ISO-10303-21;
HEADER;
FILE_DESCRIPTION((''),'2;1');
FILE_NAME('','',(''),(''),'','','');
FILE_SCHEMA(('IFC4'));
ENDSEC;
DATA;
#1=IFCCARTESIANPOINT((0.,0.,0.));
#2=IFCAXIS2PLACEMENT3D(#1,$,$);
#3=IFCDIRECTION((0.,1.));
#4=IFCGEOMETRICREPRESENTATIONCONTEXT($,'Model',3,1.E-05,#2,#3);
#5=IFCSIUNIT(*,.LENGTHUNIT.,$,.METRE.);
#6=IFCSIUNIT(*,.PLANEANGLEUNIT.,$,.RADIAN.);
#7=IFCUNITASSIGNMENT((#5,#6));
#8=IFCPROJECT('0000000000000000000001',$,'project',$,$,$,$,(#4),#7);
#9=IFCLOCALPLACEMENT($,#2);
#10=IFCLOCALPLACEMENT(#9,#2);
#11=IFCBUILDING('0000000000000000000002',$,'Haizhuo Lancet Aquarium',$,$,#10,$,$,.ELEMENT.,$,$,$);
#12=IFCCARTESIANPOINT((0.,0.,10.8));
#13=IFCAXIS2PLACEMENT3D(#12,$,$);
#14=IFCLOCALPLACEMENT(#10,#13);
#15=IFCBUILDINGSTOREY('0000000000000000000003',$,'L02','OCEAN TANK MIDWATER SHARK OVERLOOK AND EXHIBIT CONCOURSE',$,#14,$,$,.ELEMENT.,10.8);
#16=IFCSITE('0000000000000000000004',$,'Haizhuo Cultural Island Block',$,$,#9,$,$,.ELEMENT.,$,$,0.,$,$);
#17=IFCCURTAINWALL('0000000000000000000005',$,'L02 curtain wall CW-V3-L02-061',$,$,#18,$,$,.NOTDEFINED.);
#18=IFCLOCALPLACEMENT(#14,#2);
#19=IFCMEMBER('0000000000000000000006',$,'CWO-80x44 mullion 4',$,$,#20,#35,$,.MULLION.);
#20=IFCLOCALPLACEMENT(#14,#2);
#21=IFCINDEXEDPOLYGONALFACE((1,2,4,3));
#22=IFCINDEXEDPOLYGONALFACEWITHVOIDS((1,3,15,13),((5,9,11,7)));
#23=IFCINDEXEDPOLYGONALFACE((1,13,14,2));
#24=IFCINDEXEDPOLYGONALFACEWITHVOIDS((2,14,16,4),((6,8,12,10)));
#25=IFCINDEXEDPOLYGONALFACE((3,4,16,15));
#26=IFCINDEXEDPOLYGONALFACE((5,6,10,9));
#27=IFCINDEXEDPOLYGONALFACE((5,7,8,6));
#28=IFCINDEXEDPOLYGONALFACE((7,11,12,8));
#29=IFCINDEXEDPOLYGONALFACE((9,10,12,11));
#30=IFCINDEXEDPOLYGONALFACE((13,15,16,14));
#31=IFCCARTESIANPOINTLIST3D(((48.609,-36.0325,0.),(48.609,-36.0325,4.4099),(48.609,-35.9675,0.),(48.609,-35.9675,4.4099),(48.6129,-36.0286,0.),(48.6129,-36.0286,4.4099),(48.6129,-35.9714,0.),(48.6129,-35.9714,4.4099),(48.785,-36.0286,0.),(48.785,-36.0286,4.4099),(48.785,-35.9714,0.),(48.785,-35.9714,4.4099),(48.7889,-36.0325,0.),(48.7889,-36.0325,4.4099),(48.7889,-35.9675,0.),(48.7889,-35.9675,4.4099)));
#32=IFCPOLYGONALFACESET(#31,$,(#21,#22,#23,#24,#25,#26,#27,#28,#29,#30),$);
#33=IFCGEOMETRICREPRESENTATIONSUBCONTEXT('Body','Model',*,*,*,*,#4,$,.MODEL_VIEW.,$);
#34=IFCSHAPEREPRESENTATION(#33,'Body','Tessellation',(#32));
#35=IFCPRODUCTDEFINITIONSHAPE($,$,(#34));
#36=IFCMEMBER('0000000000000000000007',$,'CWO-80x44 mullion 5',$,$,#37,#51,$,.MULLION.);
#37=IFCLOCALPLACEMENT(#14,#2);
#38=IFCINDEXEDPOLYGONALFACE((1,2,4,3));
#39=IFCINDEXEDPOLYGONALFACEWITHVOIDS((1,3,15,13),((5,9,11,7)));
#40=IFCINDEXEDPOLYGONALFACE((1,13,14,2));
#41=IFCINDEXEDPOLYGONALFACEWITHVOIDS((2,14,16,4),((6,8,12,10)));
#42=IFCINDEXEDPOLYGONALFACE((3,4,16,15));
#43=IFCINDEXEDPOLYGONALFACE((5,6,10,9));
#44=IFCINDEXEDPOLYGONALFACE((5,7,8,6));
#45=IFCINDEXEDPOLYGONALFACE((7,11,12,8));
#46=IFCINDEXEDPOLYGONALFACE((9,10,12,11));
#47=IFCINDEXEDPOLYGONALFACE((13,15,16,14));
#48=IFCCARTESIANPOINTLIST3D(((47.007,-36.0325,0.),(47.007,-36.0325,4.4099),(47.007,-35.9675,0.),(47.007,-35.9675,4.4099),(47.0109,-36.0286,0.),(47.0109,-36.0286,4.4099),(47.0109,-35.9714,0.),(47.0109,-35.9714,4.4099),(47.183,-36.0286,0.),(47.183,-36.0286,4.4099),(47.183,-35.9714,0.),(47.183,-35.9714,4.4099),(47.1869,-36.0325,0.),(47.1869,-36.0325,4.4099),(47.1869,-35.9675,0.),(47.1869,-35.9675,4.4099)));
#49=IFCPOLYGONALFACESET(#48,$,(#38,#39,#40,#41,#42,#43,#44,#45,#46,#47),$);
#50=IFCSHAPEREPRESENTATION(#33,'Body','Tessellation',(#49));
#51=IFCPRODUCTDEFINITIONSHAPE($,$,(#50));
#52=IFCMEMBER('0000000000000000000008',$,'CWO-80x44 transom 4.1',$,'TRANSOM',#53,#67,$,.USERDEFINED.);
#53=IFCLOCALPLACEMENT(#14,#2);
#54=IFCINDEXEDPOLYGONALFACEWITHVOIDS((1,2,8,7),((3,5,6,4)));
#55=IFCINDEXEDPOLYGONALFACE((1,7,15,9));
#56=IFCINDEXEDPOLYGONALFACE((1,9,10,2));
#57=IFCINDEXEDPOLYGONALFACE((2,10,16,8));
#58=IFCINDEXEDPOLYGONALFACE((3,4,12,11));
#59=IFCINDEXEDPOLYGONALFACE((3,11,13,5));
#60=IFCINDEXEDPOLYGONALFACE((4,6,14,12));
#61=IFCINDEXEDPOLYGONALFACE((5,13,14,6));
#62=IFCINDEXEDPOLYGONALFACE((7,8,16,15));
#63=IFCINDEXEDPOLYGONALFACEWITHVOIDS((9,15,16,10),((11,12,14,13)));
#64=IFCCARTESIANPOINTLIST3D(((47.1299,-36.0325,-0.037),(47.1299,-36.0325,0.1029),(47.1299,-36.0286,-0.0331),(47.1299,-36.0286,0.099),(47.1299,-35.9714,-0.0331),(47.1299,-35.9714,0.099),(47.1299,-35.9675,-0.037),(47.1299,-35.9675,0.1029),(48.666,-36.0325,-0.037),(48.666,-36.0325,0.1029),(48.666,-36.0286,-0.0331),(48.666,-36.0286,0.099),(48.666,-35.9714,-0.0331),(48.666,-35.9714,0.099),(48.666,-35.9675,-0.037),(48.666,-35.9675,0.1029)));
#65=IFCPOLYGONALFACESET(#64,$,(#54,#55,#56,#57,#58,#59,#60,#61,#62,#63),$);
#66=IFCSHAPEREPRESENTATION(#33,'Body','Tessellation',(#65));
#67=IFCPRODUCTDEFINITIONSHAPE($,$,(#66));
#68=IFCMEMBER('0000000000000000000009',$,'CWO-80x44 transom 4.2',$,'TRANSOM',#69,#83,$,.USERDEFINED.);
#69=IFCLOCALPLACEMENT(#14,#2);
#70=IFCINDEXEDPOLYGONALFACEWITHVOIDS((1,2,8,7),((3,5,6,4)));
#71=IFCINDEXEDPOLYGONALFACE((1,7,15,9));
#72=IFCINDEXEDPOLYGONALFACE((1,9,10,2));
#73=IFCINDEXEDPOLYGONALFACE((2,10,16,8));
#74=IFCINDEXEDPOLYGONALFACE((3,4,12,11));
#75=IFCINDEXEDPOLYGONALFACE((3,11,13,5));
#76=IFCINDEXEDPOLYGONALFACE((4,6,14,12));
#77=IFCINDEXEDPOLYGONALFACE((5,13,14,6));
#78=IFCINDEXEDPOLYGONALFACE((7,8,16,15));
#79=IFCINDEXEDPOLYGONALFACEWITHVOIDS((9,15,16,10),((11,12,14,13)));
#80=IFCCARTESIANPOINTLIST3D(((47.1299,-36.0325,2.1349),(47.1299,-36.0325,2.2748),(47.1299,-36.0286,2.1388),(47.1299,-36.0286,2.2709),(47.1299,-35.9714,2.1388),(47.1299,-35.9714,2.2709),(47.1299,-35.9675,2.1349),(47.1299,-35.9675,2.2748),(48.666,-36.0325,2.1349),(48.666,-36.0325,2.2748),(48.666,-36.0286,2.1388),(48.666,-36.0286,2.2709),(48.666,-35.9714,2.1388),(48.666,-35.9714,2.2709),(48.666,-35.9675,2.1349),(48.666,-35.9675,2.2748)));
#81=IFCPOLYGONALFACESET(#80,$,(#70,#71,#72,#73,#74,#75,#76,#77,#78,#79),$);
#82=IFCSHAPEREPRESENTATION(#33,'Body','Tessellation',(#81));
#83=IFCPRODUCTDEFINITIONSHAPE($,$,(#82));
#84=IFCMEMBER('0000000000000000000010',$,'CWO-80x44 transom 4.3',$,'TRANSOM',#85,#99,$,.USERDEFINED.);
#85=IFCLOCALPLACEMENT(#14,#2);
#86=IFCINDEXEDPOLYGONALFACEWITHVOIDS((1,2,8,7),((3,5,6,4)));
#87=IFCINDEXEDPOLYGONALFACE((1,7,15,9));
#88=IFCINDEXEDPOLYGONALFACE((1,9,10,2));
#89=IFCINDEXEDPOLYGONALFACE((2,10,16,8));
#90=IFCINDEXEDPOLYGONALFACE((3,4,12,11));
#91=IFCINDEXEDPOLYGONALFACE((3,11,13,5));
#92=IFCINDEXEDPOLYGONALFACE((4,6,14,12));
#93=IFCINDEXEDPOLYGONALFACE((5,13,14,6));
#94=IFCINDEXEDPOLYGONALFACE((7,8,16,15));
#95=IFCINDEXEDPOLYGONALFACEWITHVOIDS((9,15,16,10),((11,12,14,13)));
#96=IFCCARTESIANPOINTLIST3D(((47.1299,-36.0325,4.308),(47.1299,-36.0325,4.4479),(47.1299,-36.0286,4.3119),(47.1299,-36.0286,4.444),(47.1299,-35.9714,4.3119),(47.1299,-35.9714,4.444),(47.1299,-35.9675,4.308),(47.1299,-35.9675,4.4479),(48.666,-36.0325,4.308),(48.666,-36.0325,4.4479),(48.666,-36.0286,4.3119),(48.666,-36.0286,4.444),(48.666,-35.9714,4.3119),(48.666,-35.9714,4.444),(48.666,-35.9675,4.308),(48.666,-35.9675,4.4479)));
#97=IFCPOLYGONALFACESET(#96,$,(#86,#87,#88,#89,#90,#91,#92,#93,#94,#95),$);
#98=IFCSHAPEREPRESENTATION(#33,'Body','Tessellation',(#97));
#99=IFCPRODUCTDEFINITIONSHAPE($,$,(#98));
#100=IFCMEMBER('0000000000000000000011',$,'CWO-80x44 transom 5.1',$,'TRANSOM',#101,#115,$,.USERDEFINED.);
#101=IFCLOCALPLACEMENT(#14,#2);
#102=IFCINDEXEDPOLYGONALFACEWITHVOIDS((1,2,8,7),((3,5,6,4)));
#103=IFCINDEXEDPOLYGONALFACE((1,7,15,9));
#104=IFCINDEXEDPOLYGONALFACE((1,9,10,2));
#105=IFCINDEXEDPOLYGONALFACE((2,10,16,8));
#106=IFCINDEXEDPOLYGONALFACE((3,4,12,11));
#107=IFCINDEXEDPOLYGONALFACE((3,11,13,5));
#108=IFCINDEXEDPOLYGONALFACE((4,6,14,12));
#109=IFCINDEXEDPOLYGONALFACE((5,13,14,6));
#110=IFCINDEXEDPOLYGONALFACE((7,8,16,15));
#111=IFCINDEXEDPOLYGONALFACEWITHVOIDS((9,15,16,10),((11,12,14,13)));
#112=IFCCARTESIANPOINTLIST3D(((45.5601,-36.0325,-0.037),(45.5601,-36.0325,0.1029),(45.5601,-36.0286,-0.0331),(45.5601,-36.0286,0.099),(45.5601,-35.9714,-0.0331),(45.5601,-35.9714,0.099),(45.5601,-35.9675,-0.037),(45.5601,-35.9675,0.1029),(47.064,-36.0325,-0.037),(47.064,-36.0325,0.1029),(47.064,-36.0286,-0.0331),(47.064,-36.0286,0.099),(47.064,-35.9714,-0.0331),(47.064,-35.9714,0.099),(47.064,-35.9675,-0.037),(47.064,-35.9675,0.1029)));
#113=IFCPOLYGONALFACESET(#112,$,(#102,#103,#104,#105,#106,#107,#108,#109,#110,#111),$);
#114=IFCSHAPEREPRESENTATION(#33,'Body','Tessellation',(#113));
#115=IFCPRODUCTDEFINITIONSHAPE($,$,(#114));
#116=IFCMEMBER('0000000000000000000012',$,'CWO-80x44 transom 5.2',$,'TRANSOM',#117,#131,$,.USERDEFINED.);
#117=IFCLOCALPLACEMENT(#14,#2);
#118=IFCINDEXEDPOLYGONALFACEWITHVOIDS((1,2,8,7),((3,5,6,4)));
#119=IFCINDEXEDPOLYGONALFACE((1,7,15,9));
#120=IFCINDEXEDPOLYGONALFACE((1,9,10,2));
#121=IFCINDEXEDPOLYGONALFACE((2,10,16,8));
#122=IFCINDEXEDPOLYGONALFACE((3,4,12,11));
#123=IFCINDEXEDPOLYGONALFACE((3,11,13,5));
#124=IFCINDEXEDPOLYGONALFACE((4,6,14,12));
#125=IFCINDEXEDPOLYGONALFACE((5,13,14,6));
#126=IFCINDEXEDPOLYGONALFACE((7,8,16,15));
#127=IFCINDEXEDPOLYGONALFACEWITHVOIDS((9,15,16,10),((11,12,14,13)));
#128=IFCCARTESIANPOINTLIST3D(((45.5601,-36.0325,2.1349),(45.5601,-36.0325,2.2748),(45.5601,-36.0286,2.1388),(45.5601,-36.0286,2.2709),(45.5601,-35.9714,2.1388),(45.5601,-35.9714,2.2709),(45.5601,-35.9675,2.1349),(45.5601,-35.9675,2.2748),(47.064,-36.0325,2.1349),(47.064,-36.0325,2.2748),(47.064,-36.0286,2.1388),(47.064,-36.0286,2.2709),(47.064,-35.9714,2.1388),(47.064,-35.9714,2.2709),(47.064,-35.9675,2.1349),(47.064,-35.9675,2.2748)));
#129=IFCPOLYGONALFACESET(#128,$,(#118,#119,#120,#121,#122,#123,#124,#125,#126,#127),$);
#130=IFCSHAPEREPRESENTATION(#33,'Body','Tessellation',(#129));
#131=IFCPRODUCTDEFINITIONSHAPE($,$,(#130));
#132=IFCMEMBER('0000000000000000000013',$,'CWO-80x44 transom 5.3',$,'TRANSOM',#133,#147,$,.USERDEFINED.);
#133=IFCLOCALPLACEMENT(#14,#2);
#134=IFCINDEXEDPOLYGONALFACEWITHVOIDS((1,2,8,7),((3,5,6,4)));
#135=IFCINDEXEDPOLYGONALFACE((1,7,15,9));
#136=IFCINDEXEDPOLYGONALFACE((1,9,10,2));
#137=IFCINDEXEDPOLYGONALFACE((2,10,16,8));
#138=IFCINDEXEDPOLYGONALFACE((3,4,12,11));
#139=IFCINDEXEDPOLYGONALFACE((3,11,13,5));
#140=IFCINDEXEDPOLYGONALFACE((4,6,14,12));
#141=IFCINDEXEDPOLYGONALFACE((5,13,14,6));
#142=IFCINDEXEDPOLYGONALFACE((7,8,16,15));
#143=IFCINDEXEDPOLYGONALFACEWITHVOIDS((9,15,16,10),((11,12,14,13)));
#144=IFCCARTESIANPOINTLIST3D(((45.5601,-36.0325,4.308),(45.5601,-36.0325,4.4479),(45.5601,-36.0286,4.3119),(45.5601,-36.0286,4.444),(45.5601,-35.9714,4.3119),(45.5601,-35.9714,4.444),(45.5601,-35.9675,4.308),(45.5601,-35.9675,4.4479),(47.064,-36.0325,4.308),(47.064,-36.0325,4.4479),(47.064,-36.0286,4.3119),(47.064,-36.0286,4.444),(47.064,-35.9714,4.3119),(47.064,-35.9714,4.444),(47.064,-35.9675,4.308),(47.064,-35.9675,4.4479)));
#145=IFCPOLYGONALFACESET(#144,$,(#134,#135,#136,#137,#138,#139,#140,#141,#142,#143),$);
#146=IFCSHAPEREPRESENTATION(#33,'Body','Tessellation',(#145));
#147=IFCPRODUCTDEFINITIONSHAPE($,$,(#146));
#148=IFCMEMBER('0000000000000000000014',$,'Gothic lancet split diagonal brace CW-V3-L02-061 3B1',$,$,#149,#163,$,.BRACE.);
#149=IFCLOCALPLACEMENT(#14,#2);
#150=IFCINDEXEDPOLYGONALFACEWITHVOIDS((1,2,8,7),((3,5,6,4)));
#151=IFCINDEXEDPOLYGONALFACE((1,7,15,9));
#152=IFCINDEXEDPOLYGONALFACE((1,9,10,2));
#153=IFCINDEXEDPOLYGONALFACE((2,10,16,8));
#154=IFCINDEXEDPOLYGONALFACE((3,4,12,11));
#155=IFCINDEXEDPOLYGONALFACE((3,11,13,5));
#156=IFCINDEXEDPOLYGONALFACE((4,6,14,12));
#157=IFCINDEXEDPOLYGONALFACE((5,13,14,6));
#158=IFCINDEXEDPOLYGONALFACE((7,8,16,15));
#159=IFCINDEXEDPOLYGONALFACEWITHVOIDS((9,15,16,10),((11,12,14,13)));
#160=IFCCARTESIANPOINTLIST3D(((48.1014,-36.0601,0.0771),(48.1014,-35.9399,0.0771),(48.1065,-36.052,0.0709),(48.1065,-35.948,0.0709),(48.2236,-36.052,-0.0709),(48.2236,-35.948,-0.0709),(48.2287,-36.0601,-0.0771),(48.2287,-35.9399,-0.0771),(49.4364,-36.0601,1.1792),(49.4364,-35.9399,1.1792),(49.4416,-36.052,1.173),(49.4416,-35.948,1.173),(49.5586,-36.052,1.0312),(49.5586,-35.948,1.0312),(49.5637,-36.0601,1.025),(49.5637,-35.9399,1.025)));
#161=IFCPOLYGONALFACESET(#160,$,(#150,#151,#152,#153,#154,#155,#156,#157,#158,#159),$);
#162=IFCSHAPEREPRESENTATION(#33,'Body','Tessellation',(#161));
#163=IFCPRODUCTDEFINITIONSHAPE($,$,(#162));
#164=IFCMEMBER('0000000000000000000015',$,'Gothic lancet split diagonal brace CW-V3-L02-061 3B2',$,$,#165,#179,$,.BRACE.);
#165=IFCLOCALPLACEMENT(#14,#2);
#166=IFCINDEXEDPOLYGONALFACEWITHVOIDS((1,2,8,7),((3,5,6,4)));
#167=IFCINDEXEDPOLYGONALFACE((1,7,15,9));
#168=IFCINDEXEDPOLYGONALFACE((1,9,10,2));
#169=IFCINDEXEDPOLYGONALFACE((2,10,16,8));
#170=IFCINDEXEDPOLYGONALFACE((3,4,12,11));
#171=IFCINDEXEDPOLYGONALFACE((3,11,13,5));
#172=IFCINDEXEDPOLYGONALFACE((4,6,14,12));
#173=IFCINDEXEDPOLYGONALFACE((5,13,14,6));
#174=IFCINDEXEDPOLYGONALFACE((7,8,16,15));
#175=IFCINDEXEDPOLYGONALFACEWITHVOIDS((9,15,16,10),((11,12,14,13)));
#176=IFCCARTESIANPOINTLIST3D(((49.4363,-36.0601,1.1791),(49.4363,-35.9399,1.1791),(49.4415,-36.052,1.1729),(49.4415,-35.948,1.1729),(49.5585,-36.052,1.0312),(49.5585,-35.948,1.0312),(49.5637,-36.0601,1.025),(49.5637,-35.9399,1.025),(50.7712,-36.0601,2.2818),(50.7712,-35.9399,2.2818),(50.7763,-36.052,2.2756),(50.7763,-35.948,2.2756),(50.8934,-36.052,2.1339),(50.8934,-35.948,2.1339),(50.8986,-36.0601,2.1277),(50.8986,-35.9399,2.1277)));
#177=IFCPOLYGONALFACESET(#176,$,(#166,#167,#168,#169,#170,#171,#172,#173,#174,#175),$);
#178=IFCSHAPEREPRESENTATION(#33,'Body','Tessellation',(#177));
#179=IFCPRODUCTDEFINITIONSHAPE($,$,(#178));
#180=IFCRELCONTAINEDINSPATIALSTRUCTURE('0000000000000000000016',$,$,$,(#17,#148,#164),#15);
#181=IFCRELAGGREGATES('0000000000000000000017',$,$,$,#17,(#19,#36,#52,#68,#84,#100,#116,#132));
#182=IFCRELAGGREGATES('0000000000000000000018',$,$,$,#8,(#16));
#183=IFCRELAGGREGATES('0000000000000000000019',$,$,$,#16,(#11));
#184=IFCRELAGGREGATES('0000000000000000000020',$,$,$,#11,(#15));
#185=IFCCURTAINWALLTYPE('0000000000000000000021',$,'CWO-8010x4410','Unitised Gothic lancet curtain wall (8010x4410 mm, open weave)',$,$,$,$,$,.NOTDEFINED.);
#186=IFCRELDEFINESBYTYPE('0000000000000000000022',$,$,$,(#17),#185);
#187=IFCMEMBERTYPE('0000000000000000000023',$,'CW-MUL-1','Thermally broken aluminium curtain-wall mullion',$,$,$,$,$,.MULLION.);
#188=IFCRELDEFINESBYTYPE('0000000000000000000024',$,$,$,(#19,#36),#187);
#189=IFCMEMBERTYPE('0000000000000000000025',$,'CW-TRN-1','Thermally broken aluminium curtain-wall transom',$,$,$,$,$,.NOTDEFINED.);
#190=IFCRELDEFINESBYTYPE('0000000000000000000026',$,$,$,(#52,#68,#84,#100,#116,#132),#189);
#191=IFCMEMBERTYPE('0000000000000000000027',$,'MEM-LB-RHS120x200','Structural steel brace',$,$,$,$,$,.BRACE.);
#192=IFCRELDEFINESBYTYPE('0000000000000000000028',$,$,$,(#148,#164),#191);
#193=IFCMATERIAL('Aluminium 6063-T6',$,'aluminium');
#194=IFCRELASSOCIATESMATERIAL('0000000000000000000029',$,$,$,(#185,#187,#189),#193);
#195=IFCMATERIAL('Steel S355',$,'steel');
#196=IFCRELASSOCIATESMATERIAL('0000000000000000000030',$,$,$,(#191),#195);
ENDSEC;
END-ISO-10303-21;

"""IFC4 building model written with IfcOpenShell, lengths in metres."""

from ifc_helpers import new_model, si_unit, direction, frame, origin, origin_2d, place, context, subcontext, project, spatial, hollow_rectangle, extrude, material, material_profile, profile_set, type_object, element, aggregate, save


model = new_model("IFC4")

# Units and contexts
model_context = context("Model", 3, precision=1e-05, world=origin(), true_north=direction((0.0, 1.0)))
body_context = subcontext(model_context, "Body", "Model", "MODEL_VIEW")
ifc_project = project(units=[si_unit("LENGTHUNIT", "METRE"), si_unit("PLANEANGLEUNIT", "RADIAN")], contexts=[model_context])

# Site, building, storey
site_placement = place(None, origin())
site = spatial("IfcSite", under=ifc_project, at=site_placement, Name="Haizhuo Cultural Island Block", CompositionType="ELEMENT", RefElevation=0.0)
building_placement = place(site_placement, origin())
building = spatial("IfcBuilding", under=site, at=building_placement, Name="Haizhuo Lancet Aquarium", CompositionType="ELEMENT")
storey_placement = place(building_placement, frame((0.0, 0.0, 10.8)))
storey = spatial("IfcBuildingStorey", under=building, at=storey_placement, Name="L02", Description="OCEAN TANK MIDWATER SHARK OVERLOOK AND EXHIBIT CONCOURSE", CompositionType="ELEMENT", Elevation=10.8)

# Curtain wall, members
ifc_material_1 = material(Name="Aluminium 6063-T6", Category="aluminium")
curtain_wall_type = type_object("IfcCurtainWallType", Name="CWO-8010x4410", Description="Unitised Gothic lancet curtain wall (8010x4410 mm, open weave)", PredefinedType="NOTDEFINED", material=ifc_material_1)
curtain_wall_placement = place(storey_placement, origin())
curtain_wall = element("IfcCurtainWall", 1, at=curtain_wall_placement, inside=storey, type_object=curtain_wall_type, Name="L02 curtain wall CW-V3-L02-061", PredefinedType="NOTDEFINED")
ifc_material_profile_1 = material_profile(ifc_material_1, hollow_rectangle(XDim=0.0649, YDim=0.1799, WallThickness=0.0039, at=origin_2d()), Name="ALU-M 65x180x4")
ifc_profile_set_1 = profile_set([ifc_material_profile_1], Name="Aluminium 6063-T6")
member_type_1 = type_object("IfcMemberType", Name="CW-MUL-1", Description="Thermally broken aluminium curtain-wall mullion", PredefinedType="MULLION", material=ifc_profile_set_1)
member_1_placement = place(storey_placement, frame((48.699, -36.0, 0.0), z_axis=(0.0, 0.0, 1.0), x_axis=(0.0, -1.0, 0.0)))
member_1 = element("IfcMember", 2, at=member_1_placement, type_object=member_type_1, Name="CWO-80x44 mullion 4", PredefinedType="MULLION", context=body_context, shape_type="SweptSolid", body=[
    extrude(hollow_rectangle(XDim=0.0649, YDim=0.1799, WallThickness=0.0039, at=origin_2d()), origin(), (0.0, 0.0, 1.0), 4.4099),
])
member_2_placement = place(storey_placement, frame((47.0969, -36.0, 0.0), z_axis=(0.0, 0.0, 1.0), x_axis=(0.0, -1.0, 0.0)))
member_2 = element("IfcMember", 3, at=member_2_placement, type_object=member_type_1, Name="CWO-80x44 mullion 5", PredefinedType="MULLION", context=body_context, shape_type="SweptSolid", body=[
    extrude(hollow_rectangle(XDim=0.0649, YDim=0.1799, WallThickness=0.0039, at=origin_2d()), origin(), (0.0, 0.0, 1.0), 4.4099),
])
ifc_material_profile_2 = material_profile(ifc_material_1, hollow_rectangle(XDim=0.0649, YDim=0.1399, WallThickness=0.0039, at=origin_2d()), Name="ALU-T 65x140x4")
ifc_profile_set_2 = profile_set([ifc_material_profile_2], Name="Aluminium 6063-T6")
member_type_2 = type_object("IfcMemberType", Name="CW-TRN-1", Description="Thermally broken aluminium curtain-wall transom", PredefinedType="NOTDEFINED", material=ifc_profile_set_2)
member_3_placement = place(storey_placement, frame((48.666, -36.0, 0.033), z_axis=(-1.0, 0.0, 0.0), x_axis=(0.0, -1.0, 0.0)))
member_3 = element("IfcMember", 4, at=member_3_placement, type_object=member_type_2, Name="CWO-80x44 transom 4.1", ObjectType="TRANSOM", PredefinedType="USERDEFINED", context=body_context, shape_type="SweptSolid", body=[
    extrude(hollow_rectangle(XDim=0.0649, YDim=0.1399, WallThickness=0.0039, at=origin_2d()), origin(), (0.0, 0.0, 1.0), 1.5361),
])
member_4_placement = place(storey_placement, frame((48.666, -36.0, 2.2048), z_axis=(-1.0, 0.0, 0.0), x_axis=(0.0, -1.0, 0.0)))
member_4 = element("IfcMember", 5, at=member_4_placement, type_object=member_type_2, Name="CWO-80x44 transom 4.2", ObjectType="TRANSOM", PredefinedType="USERDEFINED", context=body_context, shape_type="SweptSolid", body=[
    extrude(hollow_rectangle(XDim=0.0649, YDim=0.1399, WallThickness=0.0039, at=origin_2d()), origin(), (0.0, 0.0, 1.0), 1.5361),
])
member_5_placement = place(storey_placement, frame((48.666, -36.0, 4.3779), z_axis=(-1.0, 0.0, 0.0), x_axis=(0.0, -1.0, 0.0)))
member_5 = element("IfcMember", 6, at=member_5_placement, type_object=member_type_2, Name="CWO-80x44 transom 4.3", ObjectType="TRANSOM", PredefinedType="USERDEFINED", context=body_context, shape_type="SweptSolid", body=[
    extrude(hollow_rectangle(XDim=0.0649, YDim=0.1399, WallThickness=0.0039, at=origin_2d()), origin(), (0.0, 0.0, 1.0), 1.5361),
])
member_6_placement = place(storey_placement, frame((47.064, -36.0, 0.033), z_axis=(-1.0, 0.0, 0.0), x_axis=(0.0, -1.0, 0.0)))
member_6 = element("IfcMember", 7, at=member_6_placement, type_object=member_type_2, Name="CWO-80x44 transom 5.1", ObjectType="TRANSOM", PredefinedType="USERDEFINED", context=body_context, shape_type="SweptSolid", body=[
    extrude(hollow_rectangle(XDim=0.0649, YDim=0.1399, WallThickness=0.0039, at=origin_2d()), origin(), (0.0, 0.0, 1.0), 1.5039),
])
member_7_placement = place(storey_placement, frame((47.064, -36.0, 2.2048), z_axis=(-1.0, 0.0, 0.0), x_axis=(0.0, -1.0, 0.0)))
member_7 = element("IfcMember", 8, at=member_7_placement, type_object=member_type_2, Name="CWO-80x44 transom 5.2", ObjectType="TRANSOM", PredefinedType="USERDEFINED", context=body_context, shape_type="SweptSolid", body=[
    extrude(hollow_rectangle(XDim=0.0649, YDim=0.1399, WallThickness=0.0039, at=origin_2d()), origin(), (0.0, 0.0, 1.0), 1.5039),
])
member_8_placement = place(storey_placement, frame((47.064, -36.0, 4.3779), z_axis=(-1.0, 0.0, 0.0), x_axis=(0.0, -1.0, 0.0)))
member_8 = element("IfcMember", 9, at=member_8_placement, type_object=member_type_2, Name="CWO-80x44 transom 5.3", ObjectType="TRANSOM", PredefinedType="USERDEFINED", context=body_context, shape_type="SweptSolid", body=[
    extrude(hollow_rectangle(XDim=0.0649, YDim=0.1399, WallThickness=0.0039, at=origin_2d()), origin(), (0.0, 0.0, 1.0), 1.5039),
])

# Members
ifc_material_2 = material(Name="Steel S355", Category="steel")
ifc_material_profile_3 = material_profile(ifc_material_2, hollow_rectangle(XDim=0.1201, YDim=0.2, WallThickness=0.0081, at=origin_2d()), Name="RHS 120x200x8")
ifc_profile_set_3 = profile_set([ifc_material_profile_3], Name="Steel S355")
member_type_3 = type_object("IfcMemberType", Name="MEM-LB-RHS120x200", Description="Structural steel brace", PredefinedType="BRACE", material=ifc_profile_set_3)
member_9_placement = place(storey_placement, frame((48.165, -36.0, 0.0), z_axis=(0.771172, 0.0, 0.636626), x_axis=(0.0, 1.0, 0.0)))
element("IfcMember", 10, at=member_9_placement, inside=storey, type_object=member_type_3, Name="Gothic lancet split diagonal brace CW-V3-L02-061 3B1", PredefinedType="BRACE", context=body_context, shape_type="SweptSolid", body=[
    extrude(hollow_rectangle(XDim=0.1201, YDim=0.2, WallThickness=0.0081, at=origin_2d()), origin(), (0.0, 0.0, 1.0), 1.7312),
])
member_10_placement = place(storey_placement, frame((49.5, -36.0, 1.1021), z_axis=(0.770965, 0.0, 0.636878), x_axis=(0.0, 1.0, 0.0)))
element("IfcMember", 11, at=member_10_placement, inside=storey, type_object=member_type_3, Name="Gothic lancet split diagonal brace CW-V3-L02-061 3B2", PredefinedType="BRACE", context=body_context, shape_type="SweptSolid", body=[
    extrude(hollow_rectangle(XDim=0.1201, YDim=0.2, WallThickness=0.0081, at=origin_2d()), origin(), (0.0, 0.0, 1.0), 1.7314),
])

aggregate(curtain_wall, [member_1, member_2, member_3, member_4, member_5, member_6, member_7, member_8])

save(model, "model.ifc")
